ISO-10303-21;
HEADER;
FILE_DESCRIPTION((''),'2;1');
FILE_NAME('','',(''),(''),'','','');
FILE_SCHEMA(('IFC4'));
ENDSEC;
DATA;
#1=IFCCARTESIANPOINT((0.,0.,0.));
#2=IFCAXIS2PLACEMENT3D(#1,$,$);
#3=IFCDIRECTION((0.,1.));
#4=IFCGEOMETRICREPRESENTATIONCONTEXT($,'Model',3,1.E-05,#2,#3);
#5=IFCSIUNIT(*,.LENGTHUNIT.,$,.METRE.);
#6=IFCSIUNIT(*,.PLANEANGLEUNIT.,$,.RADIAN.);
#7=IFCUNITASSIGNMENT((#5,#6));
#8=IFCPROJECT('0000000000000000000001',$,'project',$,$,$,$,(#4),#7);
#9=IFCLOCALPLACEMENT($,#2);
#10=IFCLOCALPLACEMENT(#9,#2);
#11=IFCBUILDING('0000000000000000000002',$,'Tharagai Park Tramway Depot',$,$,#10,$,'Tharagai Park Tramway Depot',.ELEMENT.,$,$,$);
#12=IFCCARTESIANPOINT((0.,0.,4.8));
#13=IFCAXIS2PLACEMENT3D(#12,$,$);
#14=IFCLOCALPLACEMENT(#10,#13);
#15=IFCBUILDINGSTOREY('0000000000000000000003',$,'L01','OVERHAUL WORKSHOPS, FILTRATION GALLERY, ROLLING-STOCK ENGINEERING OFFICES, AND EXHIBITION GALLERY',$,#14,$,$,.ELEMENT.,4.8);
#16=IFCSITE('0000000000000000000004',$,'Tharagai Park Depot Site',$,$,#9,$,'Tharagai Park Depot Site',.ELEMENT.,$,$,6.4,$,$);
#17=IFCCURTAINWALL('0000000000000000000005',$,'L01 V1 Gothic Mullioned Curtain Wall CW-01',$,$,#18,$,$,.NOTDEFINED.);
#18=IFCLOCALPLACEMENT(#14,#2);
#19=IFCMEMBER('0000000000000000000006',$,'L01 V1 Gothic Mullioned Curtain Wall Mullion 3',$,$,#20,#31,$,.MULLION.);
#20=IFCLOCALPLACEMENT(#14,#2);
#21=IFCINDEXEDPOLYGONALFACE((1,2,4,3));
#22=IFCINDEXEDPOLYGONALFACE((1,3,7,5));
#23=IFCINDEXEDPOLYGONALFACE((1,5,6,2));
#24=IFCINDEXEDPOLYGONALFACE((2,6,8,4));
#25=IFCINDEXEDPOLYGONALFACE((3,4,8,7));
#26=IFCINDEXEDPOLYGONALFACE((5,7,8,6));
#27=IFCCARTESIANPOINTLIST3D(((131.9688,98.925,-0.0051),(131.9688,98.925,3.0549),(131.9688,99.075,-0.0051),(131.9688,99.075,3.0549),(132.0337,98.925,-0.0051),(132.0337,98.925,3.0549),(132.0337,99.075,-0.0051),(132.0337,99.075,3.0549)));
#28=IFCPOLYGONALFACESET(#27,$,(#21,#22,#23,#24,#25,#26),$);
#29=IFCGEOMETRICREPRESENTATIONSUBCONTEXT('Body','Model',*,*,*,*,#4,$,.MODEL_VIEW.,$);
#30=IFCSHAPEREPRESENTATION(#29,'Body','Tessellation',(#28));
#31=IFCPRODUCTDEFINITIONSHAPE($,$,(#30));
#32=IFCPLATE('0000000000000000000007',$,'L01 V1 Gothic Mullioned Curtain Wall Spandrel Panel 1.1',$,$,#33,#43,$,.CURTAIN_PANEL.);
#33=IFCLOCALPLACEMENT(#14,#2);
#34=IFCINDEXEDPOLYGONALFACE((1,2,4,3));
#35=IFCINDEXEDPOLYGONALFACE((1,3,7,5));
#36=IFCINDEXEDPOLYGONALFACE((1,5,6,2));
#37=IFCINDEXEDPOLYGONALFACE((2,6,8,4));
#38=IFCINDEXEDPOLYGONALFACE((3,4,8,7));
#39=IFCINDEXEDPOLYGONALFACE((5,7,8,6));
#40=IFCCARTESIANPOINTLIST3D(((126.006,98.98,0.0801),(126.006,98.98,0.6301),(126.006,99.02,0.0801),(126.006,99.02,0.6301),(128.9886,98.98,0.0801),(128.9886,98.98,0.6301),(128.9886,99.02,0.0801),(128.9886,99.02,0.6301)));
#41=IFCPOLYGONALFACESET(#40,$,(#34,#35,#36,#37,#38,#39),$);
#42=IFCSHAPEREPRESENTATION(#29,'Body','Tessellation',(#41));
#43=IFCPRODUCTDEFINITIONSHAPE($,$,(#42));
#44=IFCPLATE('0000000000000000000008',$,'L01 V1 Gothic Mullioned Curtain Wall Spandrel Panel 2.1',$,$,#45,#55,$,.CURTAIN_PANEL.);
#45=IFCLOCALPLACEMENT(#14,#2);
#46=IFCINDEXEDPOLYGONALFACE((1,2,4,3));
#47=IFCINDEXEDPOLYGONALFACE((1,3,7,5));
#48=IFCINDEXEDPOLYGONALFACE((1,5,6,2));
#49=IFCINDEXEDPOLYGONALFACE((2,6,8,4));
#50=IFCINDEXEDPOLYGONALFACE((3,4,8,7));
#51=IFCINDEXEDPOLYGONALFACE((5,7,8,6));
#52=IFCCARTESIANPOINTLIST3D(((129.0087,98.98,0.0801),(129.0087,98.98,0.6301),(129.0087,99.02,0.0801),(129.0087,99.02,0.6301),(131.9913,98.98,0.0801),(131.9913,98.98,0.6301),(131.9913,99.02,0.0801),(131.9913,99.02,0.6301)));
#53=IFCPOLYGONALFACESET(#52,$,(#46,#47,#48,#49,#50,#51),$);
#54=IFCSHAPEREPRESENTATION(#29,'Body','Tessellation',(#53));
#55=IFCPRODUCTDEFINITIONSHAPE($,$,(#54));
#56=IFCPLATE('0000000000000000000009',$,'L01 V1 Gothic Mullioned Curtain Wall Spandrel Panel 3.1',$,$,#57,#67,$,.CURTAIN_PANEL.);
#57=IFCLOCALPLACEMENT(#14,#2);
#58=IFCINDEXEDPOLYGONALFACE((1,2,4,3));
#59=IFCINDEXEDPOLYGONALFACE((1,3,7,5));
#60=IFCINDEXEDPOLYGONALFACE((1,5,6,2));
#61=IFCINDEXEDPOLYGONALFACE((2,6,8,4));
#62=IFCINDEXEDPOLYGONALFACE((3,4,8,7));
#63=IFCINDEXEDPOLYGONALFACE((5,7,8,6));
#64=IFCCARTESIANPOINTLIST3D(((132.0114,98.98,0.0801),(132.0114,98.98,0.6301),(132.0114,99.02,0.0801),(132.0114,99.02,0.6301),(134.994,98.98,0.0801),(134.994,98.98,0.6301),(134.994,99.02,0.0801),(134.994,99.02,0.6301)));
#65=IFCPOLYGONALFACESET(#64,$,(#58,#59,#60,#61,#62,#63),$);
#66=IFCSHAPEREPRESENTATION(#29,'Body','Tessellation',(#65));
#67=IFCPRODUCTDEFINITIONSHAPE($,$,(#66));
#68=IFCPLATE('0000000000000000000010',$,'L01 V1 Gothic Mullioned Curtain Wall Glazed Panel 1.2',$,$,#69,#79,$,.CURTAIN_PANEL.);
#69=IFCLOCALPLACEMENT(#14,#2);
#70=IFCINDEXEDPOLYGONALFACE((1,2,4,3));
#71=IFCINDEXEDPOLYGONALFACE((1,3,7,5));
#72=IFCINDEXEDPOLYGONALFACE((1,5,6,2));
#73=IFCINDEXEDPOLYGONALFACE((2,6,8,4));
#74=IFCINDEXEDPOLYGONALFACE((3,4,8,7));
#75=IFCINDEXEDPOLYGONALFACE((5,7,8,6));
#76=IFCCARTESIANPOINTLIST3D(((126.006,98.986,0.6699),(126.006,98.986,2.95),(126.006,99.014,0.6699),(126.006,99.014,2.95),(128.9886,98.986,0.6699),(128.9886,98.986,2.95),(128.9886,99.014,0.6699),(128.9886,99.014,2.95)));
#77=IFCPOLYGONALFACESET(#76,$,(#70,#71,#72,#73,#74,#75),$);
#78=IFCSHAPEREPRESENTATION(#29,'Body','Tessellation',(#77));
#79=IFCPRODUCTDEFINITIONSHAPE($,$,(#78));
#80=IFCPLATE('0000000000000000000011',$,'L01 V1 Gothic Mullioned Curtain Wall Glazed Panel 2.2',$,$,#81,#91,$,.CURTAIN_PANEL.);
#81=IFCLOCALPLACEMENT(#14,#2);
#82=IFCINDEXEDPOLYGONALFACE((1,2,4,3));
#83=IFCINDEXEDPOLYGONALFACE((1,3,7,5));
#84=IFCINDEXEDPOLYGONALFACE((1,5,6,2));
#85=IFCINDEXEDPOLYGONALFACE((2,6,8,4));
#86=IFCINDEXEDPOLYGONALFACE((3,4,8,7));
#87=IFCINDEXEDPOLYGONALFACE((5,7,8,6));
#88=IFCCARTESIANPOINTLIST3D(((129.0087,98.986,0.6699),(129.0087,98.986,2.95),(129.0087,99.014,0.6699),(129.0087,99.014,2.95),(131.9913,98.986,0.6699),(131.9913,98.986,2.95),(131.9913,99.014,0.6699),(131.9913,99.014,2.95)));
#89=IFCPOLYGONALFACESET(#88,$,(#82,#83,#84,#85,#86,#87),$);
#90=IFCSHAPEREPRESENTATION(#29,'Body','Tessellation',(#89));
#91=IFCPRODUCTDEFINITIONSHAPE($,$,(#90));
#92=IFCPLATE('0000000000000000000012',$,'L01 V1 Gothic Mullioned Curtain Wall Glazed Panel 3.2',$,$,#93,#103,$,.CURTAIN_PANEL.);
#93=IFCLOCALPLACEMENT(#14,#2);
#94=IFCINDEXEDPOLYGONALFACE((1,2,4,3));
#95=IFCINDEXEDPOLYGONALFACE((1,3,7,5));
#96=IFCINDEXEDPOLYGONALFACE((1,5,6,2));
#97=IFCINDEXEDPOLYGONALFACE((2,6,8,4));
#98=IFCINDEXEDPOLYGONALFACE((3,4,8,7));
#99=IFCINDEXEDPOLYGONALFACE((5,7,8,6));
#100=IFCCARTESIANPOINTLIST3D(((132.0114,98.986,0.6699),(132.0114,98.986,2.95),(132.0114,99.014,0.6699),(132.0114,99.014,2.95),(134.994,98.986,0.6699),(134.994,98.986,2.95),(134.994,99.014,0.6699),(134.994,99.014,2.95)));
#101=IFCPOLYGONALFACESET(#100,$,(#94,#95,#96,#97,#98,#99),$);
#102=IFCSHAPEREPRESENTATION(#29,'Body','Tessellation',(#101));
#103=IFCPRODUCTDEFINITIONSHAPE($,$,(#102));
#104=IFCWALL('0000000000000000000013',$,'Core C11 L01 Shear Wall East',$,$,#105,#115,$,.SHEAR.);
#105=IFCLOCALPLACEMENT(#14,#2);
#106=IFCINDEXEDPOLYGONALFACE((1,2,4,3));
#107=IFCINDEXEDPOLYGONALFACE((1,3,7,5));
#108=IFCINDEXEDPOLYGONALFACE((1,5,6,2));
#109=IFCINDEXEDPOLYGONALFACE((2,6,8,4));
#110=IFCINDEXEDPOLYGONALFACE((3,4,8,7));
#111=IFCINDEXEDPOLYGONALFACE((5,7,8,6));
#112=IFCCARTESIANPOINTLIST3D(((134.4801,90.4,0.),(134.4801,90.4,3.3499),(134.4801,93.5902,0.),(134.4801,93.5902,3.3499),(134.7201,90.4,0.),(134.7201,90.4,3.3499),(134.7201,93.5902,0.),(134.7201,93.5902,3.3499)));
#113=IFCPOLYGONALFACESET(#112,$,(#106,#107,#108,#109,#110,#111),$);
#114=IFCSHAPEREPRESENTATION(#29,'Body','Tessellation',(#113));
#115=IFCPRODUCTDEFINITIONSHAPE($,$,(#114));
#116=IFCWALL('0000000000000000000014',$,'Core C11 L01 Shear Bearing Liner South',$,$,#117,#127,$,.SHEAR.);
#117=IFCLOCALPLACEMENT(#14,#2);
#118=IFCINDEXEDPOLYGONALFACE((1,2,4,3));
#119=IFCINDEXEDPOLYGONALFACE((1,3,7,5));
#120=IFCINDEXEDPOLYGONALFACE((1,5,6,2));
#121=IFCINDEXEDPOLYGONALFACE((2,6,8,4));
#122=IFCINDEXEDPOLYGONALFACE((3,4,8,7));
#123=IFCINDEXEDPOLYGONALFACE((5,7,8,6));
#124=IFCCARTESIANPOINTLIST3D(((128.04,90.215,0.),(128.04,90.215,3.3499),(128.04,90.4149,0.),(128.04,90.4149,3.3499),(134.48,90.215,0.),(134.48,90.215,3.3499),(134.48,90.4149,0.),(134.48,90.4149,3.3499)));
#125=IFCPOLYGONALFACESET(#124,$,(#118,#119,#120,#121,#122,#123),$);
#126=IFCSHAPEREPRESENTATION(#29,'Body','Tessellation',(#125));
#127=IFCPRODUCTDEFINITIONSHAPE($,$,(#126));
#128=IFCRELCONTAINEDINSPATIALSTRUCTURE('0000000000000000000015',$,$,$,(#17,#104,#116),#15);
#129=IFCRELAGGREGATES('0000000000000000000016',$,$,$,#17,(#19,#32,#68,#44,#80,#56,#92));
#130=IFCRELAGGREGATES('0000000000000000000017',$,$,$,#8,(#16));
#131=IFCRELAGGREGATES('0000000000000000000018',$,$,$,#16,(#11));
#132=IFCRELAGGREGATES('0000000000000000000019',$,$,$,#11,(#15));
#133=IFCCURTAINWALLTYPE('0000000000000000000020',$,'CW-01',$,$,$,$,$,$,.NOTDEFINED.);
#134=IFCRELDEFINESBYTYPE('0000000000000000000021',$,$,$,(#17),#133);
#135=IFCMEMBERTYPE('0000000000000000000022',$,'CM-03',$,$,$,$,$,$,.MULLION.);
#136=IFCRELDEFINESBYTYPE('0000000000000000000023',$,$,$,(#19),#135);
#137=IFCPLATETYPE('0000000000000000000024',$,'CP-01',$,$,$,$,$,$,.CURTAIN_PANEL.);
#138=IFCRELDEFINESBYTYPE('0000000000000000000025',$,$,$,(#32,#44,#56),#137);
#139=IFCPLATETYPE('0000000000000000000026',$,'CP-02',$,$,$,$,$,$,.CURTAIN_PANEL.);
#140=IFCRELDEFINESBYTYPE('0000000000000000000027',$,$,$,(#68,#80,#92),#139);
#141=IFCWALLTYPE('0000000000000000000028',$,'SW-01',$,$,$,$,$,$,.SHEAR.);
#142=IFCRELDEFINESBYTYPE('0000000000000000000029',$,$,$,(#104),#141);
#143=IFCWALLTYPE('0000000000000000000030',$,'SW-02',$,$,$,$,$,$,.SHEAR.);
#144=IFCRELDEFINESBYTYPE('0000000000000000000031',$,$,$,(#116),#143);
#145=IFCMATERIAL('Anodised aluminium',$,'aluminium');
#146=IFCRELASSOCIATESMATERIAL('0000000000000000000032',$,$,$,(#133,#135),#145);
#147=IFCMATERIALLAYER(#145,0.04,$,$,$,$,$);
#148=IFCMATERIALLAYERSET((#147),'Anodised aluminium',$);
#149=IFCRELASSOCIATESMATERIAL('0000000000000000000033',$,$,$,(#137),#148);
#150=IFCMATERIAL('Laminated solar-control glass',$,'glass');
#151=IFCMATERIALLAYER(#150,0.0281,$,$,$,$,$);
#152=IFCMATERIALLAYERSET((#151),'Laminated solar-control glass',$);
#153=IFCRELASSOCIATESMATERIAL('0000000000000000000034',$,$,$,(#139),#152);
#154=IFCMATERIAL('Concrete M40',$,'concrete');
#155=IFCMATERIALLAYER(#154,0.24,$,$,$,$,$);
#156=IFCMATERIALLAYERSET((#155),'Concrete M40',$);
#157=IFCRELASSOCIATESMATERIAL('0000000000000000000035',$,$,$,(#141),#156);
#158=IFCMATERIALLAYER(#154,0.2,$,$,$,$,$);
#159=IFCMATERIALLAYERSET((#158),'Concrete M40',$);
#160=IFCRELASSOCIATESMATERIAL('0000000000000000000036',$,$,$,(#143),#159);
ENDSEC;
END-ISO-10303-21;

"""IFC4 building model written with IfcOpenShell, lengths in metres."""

from ifc_helpers import new_model, si_unit, direction, frame, frame_2d, origin, origin_2d, place, context, subcontext, project, spatial, rectangle, extrude, material, layer, layer_set, material_profile, profile_set, type_object, element, aggregate, save


model = new_model("IFC4")

# Units and contexts
model_context = context("Model", 3, precision=1e-05, world=origin(), true_north=direction((0.0, 1.0)))
body_context = subcontext(model_context, "Body", "Model", "MODEL_VIEW")
ifc_project = project(units=[si_unit("LENGTHUNIT", "METRE"), si_unit("PLANEANGLEUNIT", "RADIAN")], contexts=[model_context])

# Site, building, storey
site_placement = place(None, origin())
site = spatial("IfcSite", under=ifc_project, at=site_placement, Name="Tharagai Park Depot Site", LongName="Tharagai Park Depot Site", CompositionType="ELEMENT", RefElevation=6.4)
building_placement = place(site_placement, origin())
building = spatial("IfcBuilding", under=site, at=building_placement, Name="Tharagai Park Tramway Depot", LongName="Tharagai Park Tramway Depot", CompositionType="ELEMENT")
storey_placement = place(building_placement, frame((0.0, 0.0, 4.8)))
storey = spatial("IfcBuildingStorey", under=building, at=storey_placement, Name="L01", Description="OVERHAUL WORKSHOPS, FILTRATION GALLERY, ROLLING-STOCK ENGINEERING OFFICES, AND EXHIBITION GALLERY", CompositionType="ELEMENT", Elevation=4.8)

# Curtain wall, member, plates
ifc_material_1 = material(Name="Anodised aluminium", Category="aluminium")
curtain_wall_type = type_object("IfcCurtainWallType", Name="CW-01", PredefinedType="NOTDEFINED", material=ifc_material_1)
curtain_wall_placement = place(storey_placement, origin())
curtain_wall = element("IfcCurtainWall", 1, at=curtain_wall_placement, inside=storey, type_object=curtain_wall_type, Name="L01 V1 Gothic Mullioned Curtain Wall CW-01", PredefinedType="NOTDEFINED")
ifc_material_profile_1 = material_profile(ifc_material_1, rectangle(XDim=0.0649, YDim=0.1499, at=origin_2d()), Name="ALU 65x150")
ifc_profile_set_1 = profile_set([ifc_material_profile_1], Name="Anodised aluminium")
member_type_1 = type_object("IfcMemberType", Name="CM-03", PredefinedType="MULLION", material=ifc_profile_set_1)
member_1_placement = place(storey_placement, frame((132.0012, 99.0, -0.0051), z_axis=(0.0, 0.0, 1.0), x_axis=(1.0, 0.0, 0.0)))
member_1 = element("IfcMember", 2, at=member_1_placement, type_object=member_type_1, Name="L01 V1 Gothic Mullioned Curtain Wall Mullion 3", PredefinedType="MULLION", context=body_context, shape_type="SweptSolid", body=[
    extrude(rectangle(XDim=0.0649, YDim=0.1499, at=origin_2d()), origin(), (0.0, 0.0, 1.0), 3.0601),
])
ifc_layer_1 = layer(ifc_material_1, 0.04)
ifc_layer_set_1 = layer_set([ifc_layer_1], Name="Anodised aluminium")
plate_type_1 = type_object("IfcPlateType", Name="CP-01", PredefinedType="CURTAIN_PANEL", material=ifc_layer_set_1)
plate_1_placement = place(storey_placement, frame((127.4973, 99.0, 0.0801), z_axis=(0.0, 0.0, 1.0), x_axis=(1.0, 0.0, 0.0)))
plate_1 = element("IfcPlate", 3, at=plate_1_placement, type_object=plate_type_1, Name="L01 V1 Gothic Mullioned Curtain Wall Spandrel Panel 1.1", PredefinedType="CURTAIN_PANEL", context=body_context, shape_type="SweptSolid", body=[
    extrude(rectangle(XDim=2.9827, YDim=0.04, at=origin_2d()), origin(), (0.0, 0.0, 1.0), 0.55),
])
plate_2_placement = place(storey_placement, frame((130.5, 99.0, 0.0801), z_axis=(0.0, 0.0, 1.0), x_axis=(1.0, 0.0, 0.0)))
plate_2 = element("IfcPlate", 4, at=plate_2_placement, type_object=plate_type_1, Name="L01 V1 Gothic Mullioned Curtain Wall Spandrel Panel 2.1", PredefinedType="CURTAIN_PANEL", context=body_context, shape_type="SweptSolid", body=[
    extrude(rectangle(XDim=2.9827, YDim=0.04, at=origin_2d()), origin(), (0.0, 0.0, 1.0), 0.55),
])
plate_3_placement = place(storey_placement, frame((133.5027, 99.0, 0.0801), z_axis=(0.0, 0.0, 1.0), x_axis=(1.0, 0.0, 0.0)))
plate_3 = element("IfcPlate", 5, at=plate_3_placement, type_object=plate_type_1, Name="L01 V1 Gothic Mullioned Curtain Wall Spandrel Panel 3.1", PredefinedType="CURTAIN_PANEL", context=body_context, shape_type="SweptSolid", body=[
    extrude(rectangle(XDim=2.9827, YDim=0.04, at=origin_2d()), origin(), (0.0, 0.0, 1.0), 0.55),
])
ifc_material_2 = material(Name="Laminated solar-control glass", Category="glass")
ifc_layer_2 = layer(ifc_material_2, 0.0281)
ifc_layer_set_2 = layer_set([ifc_layer_2], Name="Laminated solar-control glass")
plate_type_2 = type_object("IfcPlateType", Name="CP-02", PredefinedType="CURTAIN_PANEL", material=ifc_layer_set_2)
plate_4_placement = place(storey_placement, frame((127.4973, 99.0, 0.6699), z_axis=(0.0, 0.0, 1.0), x_axis=(1.0, 0.0, 0.0)))
plate_4 = element("IfcPlate", 6, at=plate_4_placement, type_object=plate_type_2, Name="L01 V1 Gothic Mullioned Curtain Wall Glazed Panel 1.2", PredefinedType="CURTAIN_PANEL", context=body_context, shape_type="SweptSolid", body=[
    extrude(rectangle(XDim=2.9827, YDim=0.0281, at=origin_2d()), origin(), (0.0, 0.0, 1.0), 2.28),
])
plate_5_placement = place(storey_placement, frame((130.5, 99.0, 0.6699), z_axis=(0.0, 0.0, 1.0), x_axis=(1.0, 0.0, 0.0)))
plate_5 = element("IfcPlate", 7, at=plate_5_placement, type_object=plate_type_2, Name="L01 V1 Gothic Mullioned Curtain Wall Glazed Panel 2.2", PredefinedType="CURTAIN_PANEL", context=body_context, shape_type="SweptSolid", body=[
    extrude(rectangle(XDim=2.9827, YDim=0.0281, at=origin_2d()), origin(), (0.0, 0.0, 1.0), 2.28),
])
plate_6_placement = place(storey_placement, frame((133.5027, 99.0, 0.6699), z_axis=(0.0, 0.0, 1.0), x_axis=(1.0, 0.0, 0.0)))
plate_6 = element("IfcPlate", 8, at=plate_6_placement, type_object=plate_type_2, Name="L01 V1 Gothic Mullioned Curtain Wall Glazed Panel 3.2", PredefinedType="CURTAIN_PANEL", context=body_context, shape_type="SweptSolid", body=[
    extrude(rectangle(XDim=2.9827, YDim=0.0281, at=origin_2d()), origin(), (0.0, 0.0, 1.0), 2.28),
])
aggregate(curtain_wall, [member_1, plate_1, plate_4, plate_2, plate_5, plate_3, plate_6])

# Walls
ifc_material_3 = material(Name="Concrete M40", Category="concrete")
ifc_layer_3 = layer(ifc_material_3, 0.24)
ifc_layer_set_3 = layer_set([ifc_layer_3], Name="Concrete M40")
wall_type_1 = type_object("IfcWallType", Name="SW-01", PredefinedType="SHEAR", material=ifc_layer_set_3)
wall_1_placement = place(storey_placement, frame((134.6001, 90.3999, 0.0), z_axis=(0.0, 0.0, 1.0), x_axis=(0.0, 1.0, 0.0)))
element("IfcWall", 9, at=wall_1_placement, inside=storey, type_object=wall_type_1, Name="Core C11 L01 Shear Wall East", PredefinedType="SHEAR", context=body_context, shape_type="SweptSolid", body=[
    extrude(rectangle(XDim=3.1902, YDim=0.24, at=frame_2d((1.5952, 0.0))), origin(), (0.0, 0.0, 1.0), 3.3499),
])
ifc_layer_4 = layer(ifc_material_3, 0.2)
ifc_layer_set_4 = layer_set([ifc_layer_4], Name="Concrete M40")
wall_type_2 = type_object("IfcWallType", Name="SW-02", PredefinedType="SHEAR", material=ifc_layer_set_4)
wall_2_placement = place(storey_placement, frame((128.04, 90.3149, 0.0), z_axis=(0.0, 0.0, 1.0), x_axis=(1.0, 0.0, 0.0)))
element("IfcWall", 10, at=wall_2_placement, inside=storey, type_object=wall_type_2, Name="Core C11 L01 Shear Bearing Liner South", PredefinedType="SHEAR", context=body_context, shape_type="SweptSolid", body=[
    extrude(rectangle(XDim=6.4399, YDim=0.2, at=frame_2d((3.22, 0.0))), origin(), (0.0, 0.0, 1.0), 3.3499),
])

save(model, "model.ifc")
